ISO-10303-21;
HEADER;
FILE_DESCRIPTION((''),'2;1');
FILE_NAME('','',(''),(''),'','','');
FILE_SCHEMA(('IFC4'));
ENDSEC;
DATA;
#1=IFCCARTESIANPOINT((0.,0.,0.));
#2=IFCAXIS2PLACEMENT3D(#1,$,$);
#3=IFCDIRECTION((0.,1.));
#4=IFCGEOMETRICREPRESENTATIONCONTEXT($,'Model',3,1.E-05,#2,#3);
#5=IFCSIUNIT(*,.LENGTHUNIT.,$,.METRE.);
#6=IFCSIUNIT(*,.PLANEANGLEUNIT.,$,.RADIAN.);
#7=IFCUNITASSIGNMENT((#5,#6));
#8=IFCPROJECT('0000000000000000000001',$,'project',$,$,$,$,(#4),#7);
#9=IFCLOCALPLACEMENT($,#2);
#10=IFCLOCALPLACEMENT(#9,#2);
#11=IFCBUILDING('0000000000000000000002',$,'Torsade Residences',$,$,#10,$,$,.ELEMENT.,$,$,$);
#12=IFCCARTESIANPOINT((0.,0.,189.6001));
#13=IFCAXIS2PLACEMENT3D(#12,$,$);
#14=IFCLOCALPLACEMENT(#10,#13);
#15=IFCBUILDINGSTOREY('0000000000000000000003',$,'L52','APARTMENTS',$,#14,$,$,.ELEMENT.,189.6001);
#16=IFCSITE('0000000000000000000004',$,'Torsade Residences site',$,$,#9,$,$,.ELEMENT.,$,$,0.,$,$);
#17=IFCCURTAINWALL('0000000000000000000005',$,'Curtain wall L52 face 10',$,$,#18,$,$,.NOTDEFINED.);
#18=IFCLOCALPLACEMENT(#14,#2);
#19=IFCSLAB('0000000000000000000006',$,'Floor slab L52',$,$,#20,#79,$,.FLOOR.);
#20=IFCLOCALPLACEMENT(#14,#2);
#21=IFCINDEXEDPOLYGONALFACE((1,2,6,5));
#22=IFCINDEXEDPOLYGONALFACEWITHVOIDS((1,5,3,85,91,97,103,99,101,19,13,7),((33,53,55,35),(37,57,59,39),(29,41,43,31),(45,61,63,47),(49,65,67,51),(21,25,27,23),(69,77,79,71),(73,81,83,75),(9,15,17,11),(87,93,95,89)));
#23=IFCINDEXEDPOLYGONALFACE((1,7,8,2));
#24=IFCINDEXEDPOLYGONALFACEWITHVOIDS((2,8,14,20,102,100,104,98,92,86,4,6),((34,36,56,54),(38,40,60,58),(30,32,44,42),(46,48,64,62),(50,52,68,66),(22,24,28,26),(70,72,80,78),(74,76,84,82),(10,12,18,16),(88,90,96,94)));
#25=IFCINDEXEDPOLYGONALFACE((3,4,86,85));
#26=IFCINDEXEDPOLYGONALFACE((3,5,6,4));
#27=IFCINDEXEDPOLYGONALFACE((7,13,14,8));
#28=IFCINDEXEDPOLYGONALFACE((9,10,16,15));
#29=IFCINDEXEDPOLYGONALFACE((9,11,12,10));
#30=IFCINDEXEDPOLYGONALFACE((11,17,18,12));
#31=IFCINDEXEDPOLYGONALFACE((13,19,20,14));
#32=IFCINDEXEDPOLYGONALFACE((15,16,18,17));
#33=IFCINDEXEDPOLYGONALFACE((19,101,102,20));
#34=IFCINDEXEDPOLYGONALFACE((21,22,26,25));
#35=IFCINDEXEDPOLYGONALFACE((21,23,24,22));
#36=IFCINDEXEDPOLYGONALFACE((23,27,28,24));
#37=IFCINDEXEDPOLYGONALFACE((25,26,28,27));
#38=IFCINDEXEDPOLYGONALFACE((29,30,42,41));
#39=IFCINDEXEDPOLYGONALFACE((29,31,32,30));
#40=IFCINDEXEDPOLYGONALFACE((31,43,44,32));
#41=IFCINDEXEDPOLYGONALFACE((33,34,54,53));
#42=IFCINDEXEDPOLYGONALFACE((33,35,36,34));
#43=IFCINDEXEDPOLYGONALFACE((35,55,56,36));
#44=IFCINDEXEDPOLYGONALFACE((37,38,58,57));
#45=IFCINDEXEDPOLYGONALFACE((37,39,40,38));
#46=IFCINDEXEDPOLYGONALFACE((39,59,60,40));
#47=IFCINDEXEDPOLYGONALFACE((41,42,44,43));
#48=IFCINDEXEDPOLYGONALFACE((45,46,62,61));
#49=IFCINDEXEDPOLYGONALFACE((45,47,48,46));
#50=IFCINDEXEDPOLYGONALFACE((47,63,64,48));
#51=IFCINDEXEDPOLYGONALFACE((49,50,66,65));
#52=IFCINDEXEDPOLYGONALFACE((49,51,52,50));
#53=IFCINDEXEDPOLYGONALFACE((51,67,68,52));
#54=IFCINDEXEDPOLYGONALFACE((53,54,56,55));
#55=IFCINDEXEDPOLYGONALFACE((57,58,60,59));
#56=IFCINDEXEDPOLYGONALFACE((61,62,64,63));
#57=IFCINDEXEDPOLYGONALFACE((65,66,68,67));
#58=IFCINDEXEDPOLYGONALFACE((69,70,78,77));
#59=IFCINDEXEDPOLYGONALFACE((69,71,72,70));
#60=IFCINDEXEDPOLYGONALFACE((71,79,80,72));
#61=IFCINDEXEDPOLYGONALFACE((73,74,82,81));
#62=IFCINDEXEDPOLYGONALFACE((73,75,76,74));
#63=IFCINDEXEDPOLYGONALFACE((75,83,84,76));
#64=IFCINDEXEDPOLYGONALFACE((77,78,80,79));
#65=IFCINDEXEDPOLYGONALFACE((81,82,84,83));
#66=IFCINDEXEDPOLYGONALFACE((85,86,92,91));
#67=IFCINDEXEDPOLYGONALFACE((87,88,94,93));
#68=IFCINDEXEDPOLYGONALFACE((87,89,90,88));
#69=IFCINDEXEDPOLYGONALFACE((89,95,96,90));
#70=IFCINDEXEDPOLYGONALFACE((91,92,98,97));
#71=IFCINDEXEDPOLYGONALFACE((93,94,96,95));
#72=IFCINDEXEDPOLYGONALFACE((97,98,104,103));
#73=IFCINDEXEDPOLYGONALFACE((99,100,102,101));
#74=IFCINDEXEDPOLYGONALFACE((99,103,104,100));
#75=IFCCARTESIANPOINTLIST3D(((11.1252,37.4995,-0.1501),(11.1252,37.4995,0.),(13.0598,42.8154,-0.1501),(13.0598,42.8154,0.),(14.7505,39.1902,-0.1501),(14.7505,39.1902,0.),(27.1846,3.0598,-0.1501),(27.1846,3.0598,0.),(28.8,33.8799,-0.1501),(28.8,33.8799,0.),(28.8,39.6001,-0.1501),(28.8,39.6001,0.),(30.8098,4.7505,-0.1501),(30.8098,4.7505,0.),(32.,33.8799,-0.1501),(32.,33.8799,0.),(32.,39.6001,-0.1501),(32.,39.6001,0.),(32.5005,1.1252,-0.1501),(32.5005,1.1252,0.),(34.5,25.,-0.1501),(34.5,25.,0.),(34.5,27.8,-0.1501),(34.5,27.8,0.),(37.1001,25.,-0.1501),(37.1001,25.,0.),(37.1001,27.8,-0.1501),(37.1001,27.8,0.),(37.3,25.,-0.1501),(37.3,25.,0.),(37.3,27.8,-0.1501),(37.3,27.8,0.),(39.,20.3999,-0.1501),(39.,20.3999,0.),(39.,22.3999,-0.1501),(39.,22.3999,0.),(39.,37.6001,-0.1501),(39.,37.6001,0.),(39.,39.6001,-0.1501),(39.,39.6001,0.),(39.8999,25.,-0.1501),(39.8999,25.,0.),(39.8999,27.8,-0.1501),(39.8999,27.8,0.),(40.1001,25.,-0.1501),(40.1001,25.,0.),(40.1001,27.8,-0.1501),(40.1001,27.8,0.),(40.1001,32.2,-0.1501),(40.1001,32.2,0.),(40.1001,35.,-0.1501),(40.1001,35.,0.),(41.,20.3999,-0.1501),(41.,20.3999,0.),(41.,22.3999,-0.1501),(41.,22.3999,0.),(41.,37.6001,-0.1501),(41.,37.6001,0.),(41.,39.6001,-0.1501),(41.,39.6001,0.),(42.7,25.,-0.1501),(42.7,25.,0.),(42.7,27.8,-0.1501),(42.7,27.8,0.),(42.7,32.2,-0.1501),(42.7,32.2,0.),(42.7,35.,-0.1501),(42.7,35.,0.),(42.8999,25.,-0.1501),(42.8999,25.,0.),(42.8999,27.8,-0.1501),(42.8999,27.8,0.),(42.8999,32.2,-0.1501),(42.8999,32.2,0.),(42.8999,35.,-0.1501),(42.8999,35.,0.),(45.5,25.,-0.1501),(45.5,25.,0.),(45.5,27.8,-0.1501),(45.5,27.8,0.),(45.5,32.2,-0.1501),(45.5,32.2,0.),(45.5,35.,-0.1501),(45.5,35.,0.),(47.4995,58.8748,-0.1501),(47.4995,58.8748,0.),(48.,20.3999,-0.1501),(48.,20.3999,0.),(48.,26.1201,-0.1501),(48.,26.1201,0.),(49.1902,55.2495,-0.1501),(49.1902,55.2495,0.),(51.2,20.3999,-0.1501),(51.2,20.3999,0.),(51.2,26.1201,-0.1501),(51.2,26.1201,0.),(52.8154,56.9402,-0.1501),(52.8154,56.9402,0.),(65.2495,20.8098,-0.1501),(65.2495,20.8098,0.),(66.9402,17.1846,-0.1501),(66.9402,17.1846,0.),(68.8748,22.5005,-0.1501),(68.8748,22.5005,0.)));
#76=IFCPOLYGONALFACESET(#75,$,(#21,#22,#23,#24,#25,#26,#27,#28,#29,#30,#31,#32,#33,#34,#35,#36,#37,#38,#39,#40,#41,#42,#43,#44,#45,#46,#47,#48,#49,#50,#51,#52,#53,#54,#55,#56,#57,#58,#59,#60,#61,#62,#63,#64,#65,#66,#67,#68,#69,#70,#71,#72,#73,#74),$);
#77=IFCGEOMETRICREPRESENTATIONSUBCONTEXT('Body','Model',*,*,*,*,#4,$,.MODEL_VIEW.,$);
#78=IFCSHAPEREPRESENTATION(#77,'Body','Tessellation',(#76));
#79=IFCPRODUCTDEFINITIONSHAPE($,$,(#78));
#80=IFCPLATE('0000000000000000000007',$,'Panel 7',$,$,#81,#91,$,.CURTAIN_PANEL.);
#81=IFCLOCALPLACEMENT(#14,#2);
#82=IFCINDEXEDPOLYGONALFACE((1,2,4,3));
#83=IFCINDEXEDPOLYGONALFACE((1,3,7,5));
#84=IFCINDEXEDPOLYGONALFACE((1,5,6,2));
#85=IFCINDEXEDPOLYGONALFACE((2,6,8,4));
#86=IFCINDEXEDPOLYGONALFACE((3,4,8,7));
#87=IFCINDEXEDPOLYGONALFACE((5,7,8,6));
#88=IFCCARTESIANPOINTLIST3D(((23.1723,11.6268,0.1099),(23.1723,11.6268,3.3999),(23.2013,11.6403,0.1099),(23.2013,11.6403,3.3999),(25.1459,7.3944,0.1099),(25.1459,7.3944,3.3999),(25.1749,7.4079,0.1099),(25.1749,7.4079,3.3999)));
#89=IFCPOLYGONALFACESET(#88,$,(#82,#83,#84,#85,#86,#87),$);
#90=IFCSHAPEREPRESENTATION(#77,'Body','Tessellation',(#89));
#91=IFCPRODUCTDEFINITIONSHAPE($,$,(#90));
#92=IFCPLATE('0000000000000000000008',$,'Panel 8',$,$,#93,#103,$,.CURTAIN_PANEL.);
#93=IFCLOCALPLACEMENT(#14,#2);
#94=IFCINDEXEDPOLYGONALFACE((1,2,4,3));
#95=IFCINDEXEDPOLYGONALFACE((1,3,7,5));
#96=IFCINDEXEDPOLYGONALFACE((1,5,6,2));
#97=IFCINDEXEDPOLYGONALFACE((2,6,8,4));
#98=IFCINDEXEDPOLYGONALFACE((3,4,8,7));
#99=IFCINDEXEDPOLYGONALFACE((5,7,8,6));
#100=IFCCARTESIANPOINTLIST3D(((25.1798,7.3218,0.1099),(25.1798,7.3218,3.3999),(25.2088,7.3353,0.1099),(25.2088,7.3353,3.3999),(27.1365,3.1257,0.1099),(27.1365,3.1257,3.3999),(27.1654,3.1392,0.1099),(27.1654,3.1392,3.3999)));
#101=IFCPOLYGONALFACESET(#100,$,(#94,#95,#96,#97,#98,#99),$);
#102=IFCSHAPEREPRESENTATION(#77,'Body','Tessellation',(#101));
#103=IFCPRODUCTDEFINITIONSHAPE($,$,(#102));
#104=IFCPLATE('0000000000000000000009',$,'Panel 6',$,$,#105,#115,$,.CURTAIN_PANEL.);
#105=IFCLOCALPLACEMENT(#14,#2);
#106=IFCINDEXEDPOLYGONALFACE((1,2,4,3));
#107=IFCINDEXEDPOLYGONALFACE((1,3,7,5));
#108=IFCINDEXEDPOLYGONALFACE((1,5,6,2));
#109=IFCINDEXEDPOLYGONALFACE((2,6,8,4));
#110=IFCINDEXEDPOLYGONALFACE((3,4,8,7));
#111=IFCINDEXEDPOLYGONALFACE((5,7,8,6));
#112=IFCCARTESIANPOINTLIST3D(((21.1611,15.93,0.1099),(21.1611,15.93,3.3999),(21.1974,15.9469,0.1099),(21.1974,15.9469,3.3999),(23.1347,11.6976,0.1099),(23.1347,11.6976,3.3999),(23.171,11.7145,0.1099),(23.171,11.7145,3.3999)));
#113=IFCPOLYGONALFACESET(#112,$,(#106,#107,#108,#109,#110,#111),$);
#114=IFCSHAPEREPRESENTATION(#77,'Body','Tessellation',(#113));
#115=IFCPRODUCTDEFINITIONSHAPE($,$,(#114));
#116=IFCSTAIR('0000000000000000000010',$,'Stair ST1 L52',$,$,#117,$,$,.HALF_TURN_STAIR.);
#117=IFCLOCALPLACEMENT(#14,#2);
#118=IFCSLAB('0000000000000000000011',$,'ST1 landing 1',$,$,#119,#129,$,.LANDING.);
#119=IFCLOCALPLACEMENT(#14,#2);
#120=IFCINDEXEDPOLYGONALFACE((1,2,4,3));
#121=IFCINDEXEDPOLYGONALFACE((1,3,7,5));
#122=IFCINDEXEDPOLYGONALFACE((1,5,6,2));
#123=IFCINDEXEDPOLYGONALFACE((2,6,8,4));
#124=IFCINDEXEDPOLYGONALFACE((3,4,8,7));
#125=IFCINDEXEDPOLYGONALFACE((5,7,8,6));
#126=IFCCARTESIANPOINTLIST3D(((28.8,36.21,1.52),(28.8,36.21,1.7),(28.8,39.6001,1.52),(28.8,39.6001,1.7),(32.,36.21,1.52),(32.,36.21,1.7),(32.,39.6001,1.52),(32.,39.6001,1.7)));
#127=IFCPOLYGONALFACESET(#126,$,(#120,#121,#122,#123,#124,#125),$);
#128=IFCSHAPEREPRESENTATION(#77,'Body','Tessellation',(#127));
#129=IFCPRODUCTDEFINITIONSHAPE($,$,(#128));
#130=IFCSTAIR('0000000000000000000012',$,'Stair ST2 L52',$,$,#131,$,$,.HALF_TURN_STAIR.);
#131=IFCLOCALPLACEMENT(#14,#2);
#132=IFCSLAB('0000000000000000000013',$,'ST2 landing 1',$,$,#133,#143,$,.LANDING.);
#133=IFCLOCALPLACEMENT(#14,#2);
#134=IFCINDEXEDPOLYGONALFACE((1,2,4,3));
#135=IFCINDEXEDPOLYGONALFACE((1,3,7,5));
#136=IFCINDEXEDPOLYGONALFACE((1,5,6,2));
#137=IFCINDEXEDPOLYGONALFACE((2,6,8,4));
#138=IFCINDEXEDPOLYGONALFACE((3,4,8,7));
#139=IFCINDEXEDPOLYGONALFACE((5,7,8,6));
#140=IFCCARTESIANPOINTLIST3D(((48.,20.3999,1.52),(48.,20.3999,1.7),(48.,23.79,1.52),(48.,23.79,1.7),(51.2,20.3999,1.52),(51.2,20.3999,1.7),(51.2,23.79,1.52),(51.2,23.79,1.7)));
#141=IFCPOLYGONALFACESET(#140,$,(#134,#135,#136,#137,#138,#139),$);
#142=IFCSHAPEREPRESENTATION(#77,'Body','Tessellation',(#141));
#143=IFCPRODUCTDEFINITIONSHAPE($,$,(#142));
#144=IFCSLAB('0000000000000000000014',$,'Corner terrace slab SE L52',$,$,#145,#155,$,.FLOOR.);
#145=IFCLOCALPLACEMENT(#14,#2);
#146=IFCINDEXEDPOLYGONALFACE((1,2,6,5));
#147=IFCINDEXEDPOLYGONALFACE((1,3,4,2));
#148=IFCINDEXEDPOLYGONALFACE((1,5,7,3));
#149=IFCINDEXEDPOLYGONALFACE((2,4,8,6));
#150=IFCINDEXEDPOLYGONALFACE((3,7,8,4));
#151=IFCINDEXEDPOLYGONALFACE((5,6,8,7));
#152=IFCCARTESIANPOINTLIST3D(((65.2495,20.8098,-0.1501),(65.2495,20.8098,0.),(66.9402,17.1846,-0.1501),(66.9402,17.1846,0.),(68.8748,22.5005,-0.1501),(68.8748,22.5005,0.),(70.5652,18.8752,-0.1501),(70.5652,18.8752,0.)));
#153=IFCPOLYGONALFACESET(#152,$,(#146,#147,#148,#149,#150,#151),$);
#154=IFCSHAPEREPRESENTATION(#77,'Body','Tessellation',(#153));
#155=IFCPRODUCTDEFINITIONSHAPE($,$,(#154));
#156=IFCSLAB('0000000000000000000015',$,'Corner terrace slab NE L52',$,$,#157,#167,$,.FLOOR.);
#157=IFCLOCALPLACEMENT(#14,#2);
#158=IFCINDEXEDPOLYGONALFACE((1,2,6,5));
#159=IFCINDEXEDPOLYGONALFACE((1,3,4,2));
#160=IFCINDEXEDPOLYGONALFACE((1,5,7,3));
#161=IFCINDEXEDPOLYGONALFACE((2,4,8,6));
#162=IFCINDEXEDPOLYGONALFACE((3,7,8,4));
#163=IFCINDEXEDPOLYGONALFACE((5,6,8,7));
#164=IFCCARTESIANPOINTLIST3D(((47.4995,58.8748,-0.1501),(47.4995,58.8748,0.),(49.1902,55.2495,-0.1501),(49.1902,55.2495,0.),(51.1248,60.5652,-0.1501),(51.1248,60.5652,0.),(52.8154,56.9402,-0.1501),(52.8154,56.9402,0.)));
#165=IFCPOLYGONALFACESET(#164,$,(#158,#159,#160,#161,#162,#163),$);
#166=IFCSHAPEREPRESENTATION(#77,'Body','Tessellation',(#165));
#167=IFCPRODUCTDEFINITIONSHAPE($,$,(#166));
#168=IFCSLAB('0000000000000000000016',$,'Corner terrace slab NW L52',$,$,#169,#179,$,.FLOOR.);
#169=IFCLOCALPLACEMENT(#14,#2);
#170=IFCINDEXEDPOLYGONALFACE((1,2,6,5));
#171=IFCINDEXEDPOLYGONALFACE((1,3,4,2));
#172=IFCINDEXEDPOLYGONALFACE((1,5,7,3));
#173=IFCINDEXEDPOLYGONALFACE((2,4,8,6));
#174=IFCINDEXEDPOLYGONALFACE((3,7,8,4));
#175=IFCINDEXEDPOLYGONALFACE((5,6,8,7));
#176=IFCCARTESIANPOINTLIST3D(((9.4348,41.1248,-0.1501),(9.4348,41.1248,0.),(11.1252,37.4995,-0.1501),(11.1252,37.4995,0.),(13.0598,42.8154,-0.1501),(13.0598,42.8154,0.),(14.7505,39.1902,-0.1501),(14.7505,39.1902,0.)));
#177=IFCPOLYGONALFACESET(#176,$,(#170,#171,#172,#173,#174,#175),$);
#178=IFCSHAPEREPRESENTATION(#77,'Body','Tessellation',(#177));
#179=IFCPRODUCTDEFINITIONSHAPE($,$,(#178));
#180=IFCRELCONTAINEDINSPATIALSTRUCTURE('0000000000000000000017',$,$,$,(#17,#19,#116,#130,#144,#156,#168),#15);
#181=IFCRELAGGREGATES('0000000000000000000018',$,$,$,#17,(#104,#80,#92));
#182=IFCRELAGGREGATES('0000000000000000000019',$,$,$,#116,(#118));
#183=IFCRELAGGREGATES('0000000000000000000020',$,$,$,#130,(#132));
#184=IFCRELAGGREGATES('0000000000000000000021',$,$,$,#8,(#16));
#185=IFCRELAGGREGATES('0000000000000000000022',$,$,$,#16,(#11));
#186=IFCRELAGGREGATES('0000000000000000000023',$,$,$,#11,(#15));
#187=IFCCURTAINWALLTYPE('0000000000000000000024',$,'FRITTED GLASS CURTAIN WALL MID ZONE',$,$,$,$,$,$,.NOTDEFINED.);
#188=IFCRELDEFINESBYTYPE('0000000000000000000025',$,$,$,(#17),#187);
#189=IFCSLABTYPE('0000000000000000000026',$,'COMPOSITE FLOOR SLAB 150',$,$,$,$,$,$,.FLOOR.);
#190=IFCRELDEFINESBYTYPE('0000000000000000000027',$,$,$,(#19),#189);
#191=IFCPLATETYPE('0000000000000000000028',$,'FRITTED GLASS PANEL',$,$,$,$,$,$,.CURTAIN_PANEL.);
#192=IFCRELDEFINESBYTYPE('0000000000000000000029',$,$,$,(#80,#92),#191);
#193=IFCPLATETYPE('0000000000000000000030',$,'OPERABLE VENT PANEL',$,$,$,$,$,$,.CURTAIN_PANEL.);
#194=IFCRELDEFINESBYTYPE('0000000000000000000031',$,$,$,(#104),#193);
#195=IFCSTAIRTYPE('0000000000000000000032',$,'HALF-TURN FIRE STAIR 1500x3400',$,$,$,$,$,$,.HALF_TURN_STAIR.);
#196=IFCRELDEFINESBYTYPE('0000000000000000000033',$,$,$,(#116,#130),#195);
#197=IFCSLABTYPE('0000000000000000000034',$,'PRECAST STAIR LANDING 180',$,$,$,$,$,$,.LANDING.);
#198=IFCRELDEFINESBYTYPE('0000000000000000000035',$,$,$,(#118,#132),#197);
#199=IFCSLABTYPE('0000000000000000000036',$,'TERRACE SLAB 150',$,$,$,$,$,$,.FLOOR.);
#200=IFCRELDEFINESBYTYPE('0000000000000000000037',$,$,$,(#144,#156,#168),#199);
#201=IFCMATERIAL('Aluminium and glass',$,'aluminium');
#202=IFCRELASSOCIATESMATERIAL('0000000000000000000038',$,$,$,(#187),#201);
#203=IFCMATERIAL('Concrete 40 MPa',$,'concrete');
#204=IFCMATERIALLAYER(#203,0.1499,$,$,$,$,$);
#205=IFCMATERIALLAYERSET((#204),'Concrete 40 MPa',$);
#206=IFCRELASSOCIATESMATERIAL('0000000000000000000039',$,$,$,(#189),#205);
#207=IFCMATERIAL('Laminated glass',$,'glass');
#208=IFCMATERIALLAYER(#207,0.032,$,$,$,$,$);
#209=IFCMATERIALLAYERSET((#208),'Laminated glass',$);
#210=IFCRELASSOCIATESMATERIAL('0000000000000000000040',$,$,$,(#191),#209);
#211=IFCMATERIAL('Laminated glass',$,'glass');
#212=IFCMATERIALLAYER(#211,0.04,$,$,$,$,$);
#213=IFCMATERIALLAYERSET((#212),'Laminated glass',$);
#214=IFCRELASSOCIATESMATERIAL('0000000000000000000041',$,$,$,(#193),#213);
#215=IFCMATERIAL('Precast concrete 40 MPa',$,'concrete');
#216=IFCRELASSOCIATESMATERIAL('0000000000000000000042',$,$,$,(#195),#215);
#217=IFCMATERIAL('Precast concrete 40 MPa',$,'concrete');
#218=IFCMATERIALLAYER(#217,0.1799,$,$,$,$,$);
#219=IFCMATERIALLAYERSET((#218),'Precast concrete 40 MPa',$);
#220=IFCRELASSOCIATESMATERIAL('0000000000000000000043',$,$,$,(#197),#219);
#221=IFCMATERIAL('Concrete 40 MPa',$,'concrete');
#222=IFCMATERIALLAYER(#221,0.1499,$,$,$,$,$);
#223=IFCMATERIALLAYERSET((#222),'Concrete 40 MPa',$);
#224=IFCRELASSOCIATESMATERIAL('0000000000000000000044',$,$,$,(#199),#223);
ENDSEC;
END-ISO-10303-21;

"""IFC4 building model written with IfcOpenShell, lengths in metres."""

from ifc_helpers import new_model, si_unit, direction, frame, origin, origin_2d, place, context, subcontext, project, spatial, polyline, rectangle, outline, extrude, material, layer, layer_set, type_object, element, aggregate, save


model = new_model("IFC4")

# Units and contexts
model_context = context("Model", 3, precision=1e-05, world=origin(), true_north=direction((0.0, 1.0)))
body_context = subcontext(model_context, "Body", "Model", "MODEL_VIEW")
ifc_project = project(units=[si_unit("LENGTHUNIT", "METRE"), si_unit("PLANEANGLEUNIT", "RADIAN")], contexts=[model_context])

# Site, building, storey
site_placement = place(None, origin())
site = spatial("IfcSite", under=ifc_project, at=site_placement, Name="Torsade Residences site", CompositionType="ELEMENT", RefElevation=0.0)
building_placement = place(site_placement, origin())
building = spatial("IfcBuilding", under=site, at=building_placement, Name="Torsade Residences", CompositionType="ELEMENT")
storey_placement = place(building_placement, frame((0.0, 0.0, 189.6001)))
storey = spatial("IfcBuildingStorey", under=building, at=storey_placement, Name="L52", Description="APARTMENTS", CompositionType="ELEMENT", Elevation=189.6001)

# Curtain wall
ifc_material_1 = material(Name="Aluminium and glass", Category="aluminium")
curtain_wall_type = type_object("IfcCurtainWallType", Name="FRITTED GLASS CURTAIN WALL MID ZONE", PredefinedType="NOTDEFINED", material=ifc_material_1)
curtain_wall_placement = place(storey_placement, origin())
curtain_wall = element("IfcCurtainWall", 1, at=curtain_wall_placement, inside=storey, type_object=curtain_wall_type, Name="Curtain wall L52 face 10", PredefinedType="NOTDEFINED")

# Slab
ifc_material_2 = material(Name="Concrete 40 MPa", Category="concrete")
ifc_layer_1 = layer(ifc_material_2, 0.1499)
ifc_layer_set_1 = layer_set([ifc_layer_1], Name="Concrete 40 MPa")
slab_type_1 = type_object("IfcSlabType", Name="COMPOSITE FLOOR SLAB 150", PredefinedType="FLOOR", material=ifc_layer_set_1)
slab_1_placement = place(storey_placement, frame((0.0, 0.0, -0.1501)))
element("IfcSlab", 2, at=slab_1_placement, inside=storey, type_object=slab_type_1, Name="Floor slab L52", PredefinedType="FLOOR", context=body_context, shape_type="SweptSolid", body=[
    extrude(outline(polyline([(32.5005, 1.1252), (66.9402, 17.1846), (65.2495, 20.8098), (68.8748, 22.5005), (52.8154, 56.9402), (49.1902, 55.2495), (47.4995, 58.8748), (13.0598, 42.8154), (14.7505, 39.1902), (11.1252, 37.4995), (27.1846, 3.0598), (30.8098, 4.7505), (32.5005, 1.1252)]), holes=[polyline([(51.2, 26.1201), (48.0, 26.1201), (48.0, 20.3999), (51.2, 20.3999), (51.2, 26.1201)]), polyline([(45.5, 27.8), (42.8999, 27.8), (42.8999, 25.0), (45.5, 25.0), (45.5, 27.8)]), polyline([(45.5, 35.0), (42.8999, 35.0), (42.8999, 32.2), (45.5, 32.2), (45.5, 35.0)]), polyline([(42.7, 25.0), (42.7, 27.8), (40.1001, 27.8), (40.1001, 25.0), (42.7, 25.0)]), polyline([(42.7, 35.0), (40.1001, 35.0), (40.1001, 32.2), (42.7, 32.2), (42.7, 35.0)]), polyline([(41.0, 22.3999), (39.0, 22.3999), (39.0, 20.3999), (41.0, 20.3999), (41.0, 22.3999)]), polyline([(41.0, 37.6001), (41.0, 39.6001), (39.0, 39.6001), (39.0, 37.6001), (41.0, 37.6001)]), polyline([(39.8999, 25.0), (39.8999, 27.8), (37.3, 27.8), (37.3, 25.0), (39.8999, 25.0)]), polyline([(37.1001, 27.8), (34.5, 27.8), (34.5, 25.0), (37.1001, 25.0), (37.1001, 27.8)]), polyline([(32.0, 33.8799), (32.0, 39.6001), (28.8, 39.6001), (28.8, 33.8799), (32.0, 33.8799)])]), origin(), (0.0, 0.0, 1.0), 0.1501),
])

# Plates
ifc_material_3 = material(Name="Laminated glass", Category="glass")
ifc_layer_2 = layer(ifc_material_3, 0.032)
ifc_layer_set_2 = layer_set([ifc_layer_2], Name="Laminated glass")
plate_type_1 = type_object("IfcPlateType", Name="FRITTED GLASS PANEL", PredefinedType="CURTAIN_PANEL", material=ifc_layer_set_2)
plate_1_placement = place(storey_placement, frame((24.1736, 9.5173, 0.1099), z_axis=(0.0, 0.0, 1.0), x_axis=(0.422618, -0.906308, 0.0)))
plate_1 = element("IfcPlate", 3, at=plate_1_placement, type_object=plate_type_1, Name="Panel 7", PredefinedType="CURTAIN_PANEL", context=body_context, shape_type="SweptSolid", body=[
    extrude(rectangle(XDim=4.6699, YDim=0.032, at=origin_2d()), origin(), (0.0, 0.0, 1.0), 3.29),
])
plate_2_placement = place(storey_placement, frame((26.1726, 5.2305, 0.1099), z_axis=(0.0, 0.0, 1.0), x_axis=(0.422618, -0.906308, 0.0)))
plate_2 = element("IfcPlate", 4, at=plate_2_placement, type_object=plate_type_1, Name="Panel 8", PredefinedType="CURTAIN_PANEL", context=body_context, shape_type="SweptSolid", body=[
    extrude(rectangle(XDim=4.6299, YDim=0.032, at=origin_2d()), origin(), (0.0, 0.0, 1.0), 3.29),
])
ifc_material_4 = material(Name="Laminated glass", Category="glass")
ifc_layer_3 = layer(ifc_material_4, 0.04)
ifc_layer_set_3 = layer_set([ifc_layer_3], Name="Laminated glass")
plate_type_2 = type_object("IfcPlateType", Name="OPERABLE VENT PANEL", PredefinedType="CURTAIN_PANEL", material=ifc_layer_set_3)
plate_3_placement = place(storey_placement, frame((22.166, 13.8223, 0.1099), z_axis=(0.0, 0.0, 1.0), x_axis=(0.422618, -0.906308, 0.0)))
plate_3 = element("IfcPlate", 5, at=plate_3_placement, type_object=plate_type_2, Name="Panel 6", PredefinedType="CURTAIN_PANEL", context=body_context, shape_type="SweptSolid", body=[
    extrude(rectangle(XDim=4.6699, YDim=0.04, at=origin_2d()), origin(), (0.0, 0.0, 1.0), 3.29),
])
aggregate(curtain_wall, [plate_3, plate_1, plate_2])

# Stairs, slabs
ifc_material_5 = material(Name="Precast concrete 40 MPa", Category="concrete")
stair_type = type_object("IfcStairType", Name="HALF-TURN FIRE STAIR 1500x3400", PredefinedType="HALF_TURN_STAIR", material=ifc_material_5)
stair_1_placement = place(storey_placement, origin())
stair_1 = element("IfcStair", 6, at=stair_1_placement, inside=storey, type_object=stair_type, Name="Stair ST1 L52", PredefinedType="HALF_TURN_STAIR")
ifc_material_6 = material(Name="Precast concrete 40 MPa", Category="concrete")
ifc_layer_4 = layer(ifc_material_6, 0.1799)
ifc_layer_set_4 = layer_set([ifc_layer_4], Name="Precast concrete 40 MPa")
slab_type_2 = type_object("IfcSlabType", Name="PRECAST STAIR LANDING 180", PredefinedType="LANDING", material=ifc_layer_set_4)
slab_2_placement = place(storey_placement, frame((0.0, 0.0, 1.52)))
slab_2 = element("IfcSlab", 7, at=slab_2_placement, type_object=slab_type_2, Name="ST1 landing 1", PredefinedType="LANDING", context=body_context, shape_type="SweptSolid", body=[
    extrude(outline(polyline([(28.8, 36.21), (32.0, 36.21), (32.0, 39.6001), (28.8, 39.6001), (28.8, 36.21)])), origin(), (0.0, 0.0, 1.0), 0.1799),
])
aggregate(stair_1, [slab_2])
stair_2_placement = place(storey_placement, origin())
stair_2 = element("IfcStair", 8, at=stair_2_placement, inside=storey, type_object=stair_type, Name="Stair ST2 L52", PredefinedType="HALF_TURN_STAIR")
slab_3_placement = place(storey_placement, frame((0.0, 0.0, 1.52)))
slab_3 = element("IfcSlab", 9, at=slab_3_placement, type_object=slab_type_2, Name="ST2 landing 1", PredefinedType="LANDING", context=body_context, shape_type="SweptSolid", body=[
    extrude(outline(polyline([(48.0, 20.3999), (51.2, 20.3999), (51.2, 23.79), (48.0, 23.79), (48.0, 20.3999)])), origin(), (0.0, 0.0, 1.0), 0.1799),
])
aggregate(stair_2, [slab_3])

# Slabs
ifc_material_7 = material(Name="Concrete 40 MPa", Category="concrete")
ifc_layer_5 = layer(ifc_material_7, 0.1499)
ifc_layer_set_5 = layer_set([ifc_layer_5], Name="Concrete 40 MPa")
slab_type_3 = type_object("IfcSlabType", Name="TERRACE SLAB 150", PredefinedType="FLOOR", material=ifc_layer_set_5)
slab_4_placement = place(storey_placement, frame((0.0, 0.0, -0.1501)))
element("IfcSlab", 10, at=slab_4_placement, inside=storey, type_object=slab_type_3, Name="Corner terrace slab SE L52", PredefinedType="FLOOR", context=body_context, shape_type="SweptSolid", body=[
    extrude(outline(polyline([(66.9402, 17.1846), (70.5652, 18.8752), (68.8748, 22.5005), (65.2495, 20.8098), (66.9402, 17.1846)])), origin(), (0.0, 0.0, 1.0), 0.1501),
])
slab_5_placement = place(storey_placement, frame((0.0, 0.0, -0.1501)))
element("IfcSlab", 11, at=slab_5_placement, inside=storey, type_object=slab_type_3, Name="Corner terrace slab NE L52", PredefinedType="FLOOR", context=body_context, shape_type="SweptSolid", body=[
    extrude(outline(polyline([(49.1902, 55.2495), (52.8154, 56.9402), (51.1248, 60.5652), (47.4995, 58.8748), (49.1902, 55.2495)])), origin(), (0.0, 0.0, 1.0), 0.1501),
])
slab_6_placement = place(storey_placement, frame((0.0, 0.0, -0.1501)))
element("IfcSlab", 12, at=slab_6_placement, inside=storey, type_object=slab_type_3, Name="Corner terrace slab NW L52", PredefinedType="FLOOR", context=body_context, shape_type="SweptSolid", body=[
    extrude(outline(polyline([(11.1252, 37.4995), (14.7505, 39.1902), (13.0598, 42.8154), (9.4348, 41.1248), (11.1252, 37.4995)])), origin(), (0.0, 0.0, 1.0), 0.1501),
])

save(model, "model.ifc")
